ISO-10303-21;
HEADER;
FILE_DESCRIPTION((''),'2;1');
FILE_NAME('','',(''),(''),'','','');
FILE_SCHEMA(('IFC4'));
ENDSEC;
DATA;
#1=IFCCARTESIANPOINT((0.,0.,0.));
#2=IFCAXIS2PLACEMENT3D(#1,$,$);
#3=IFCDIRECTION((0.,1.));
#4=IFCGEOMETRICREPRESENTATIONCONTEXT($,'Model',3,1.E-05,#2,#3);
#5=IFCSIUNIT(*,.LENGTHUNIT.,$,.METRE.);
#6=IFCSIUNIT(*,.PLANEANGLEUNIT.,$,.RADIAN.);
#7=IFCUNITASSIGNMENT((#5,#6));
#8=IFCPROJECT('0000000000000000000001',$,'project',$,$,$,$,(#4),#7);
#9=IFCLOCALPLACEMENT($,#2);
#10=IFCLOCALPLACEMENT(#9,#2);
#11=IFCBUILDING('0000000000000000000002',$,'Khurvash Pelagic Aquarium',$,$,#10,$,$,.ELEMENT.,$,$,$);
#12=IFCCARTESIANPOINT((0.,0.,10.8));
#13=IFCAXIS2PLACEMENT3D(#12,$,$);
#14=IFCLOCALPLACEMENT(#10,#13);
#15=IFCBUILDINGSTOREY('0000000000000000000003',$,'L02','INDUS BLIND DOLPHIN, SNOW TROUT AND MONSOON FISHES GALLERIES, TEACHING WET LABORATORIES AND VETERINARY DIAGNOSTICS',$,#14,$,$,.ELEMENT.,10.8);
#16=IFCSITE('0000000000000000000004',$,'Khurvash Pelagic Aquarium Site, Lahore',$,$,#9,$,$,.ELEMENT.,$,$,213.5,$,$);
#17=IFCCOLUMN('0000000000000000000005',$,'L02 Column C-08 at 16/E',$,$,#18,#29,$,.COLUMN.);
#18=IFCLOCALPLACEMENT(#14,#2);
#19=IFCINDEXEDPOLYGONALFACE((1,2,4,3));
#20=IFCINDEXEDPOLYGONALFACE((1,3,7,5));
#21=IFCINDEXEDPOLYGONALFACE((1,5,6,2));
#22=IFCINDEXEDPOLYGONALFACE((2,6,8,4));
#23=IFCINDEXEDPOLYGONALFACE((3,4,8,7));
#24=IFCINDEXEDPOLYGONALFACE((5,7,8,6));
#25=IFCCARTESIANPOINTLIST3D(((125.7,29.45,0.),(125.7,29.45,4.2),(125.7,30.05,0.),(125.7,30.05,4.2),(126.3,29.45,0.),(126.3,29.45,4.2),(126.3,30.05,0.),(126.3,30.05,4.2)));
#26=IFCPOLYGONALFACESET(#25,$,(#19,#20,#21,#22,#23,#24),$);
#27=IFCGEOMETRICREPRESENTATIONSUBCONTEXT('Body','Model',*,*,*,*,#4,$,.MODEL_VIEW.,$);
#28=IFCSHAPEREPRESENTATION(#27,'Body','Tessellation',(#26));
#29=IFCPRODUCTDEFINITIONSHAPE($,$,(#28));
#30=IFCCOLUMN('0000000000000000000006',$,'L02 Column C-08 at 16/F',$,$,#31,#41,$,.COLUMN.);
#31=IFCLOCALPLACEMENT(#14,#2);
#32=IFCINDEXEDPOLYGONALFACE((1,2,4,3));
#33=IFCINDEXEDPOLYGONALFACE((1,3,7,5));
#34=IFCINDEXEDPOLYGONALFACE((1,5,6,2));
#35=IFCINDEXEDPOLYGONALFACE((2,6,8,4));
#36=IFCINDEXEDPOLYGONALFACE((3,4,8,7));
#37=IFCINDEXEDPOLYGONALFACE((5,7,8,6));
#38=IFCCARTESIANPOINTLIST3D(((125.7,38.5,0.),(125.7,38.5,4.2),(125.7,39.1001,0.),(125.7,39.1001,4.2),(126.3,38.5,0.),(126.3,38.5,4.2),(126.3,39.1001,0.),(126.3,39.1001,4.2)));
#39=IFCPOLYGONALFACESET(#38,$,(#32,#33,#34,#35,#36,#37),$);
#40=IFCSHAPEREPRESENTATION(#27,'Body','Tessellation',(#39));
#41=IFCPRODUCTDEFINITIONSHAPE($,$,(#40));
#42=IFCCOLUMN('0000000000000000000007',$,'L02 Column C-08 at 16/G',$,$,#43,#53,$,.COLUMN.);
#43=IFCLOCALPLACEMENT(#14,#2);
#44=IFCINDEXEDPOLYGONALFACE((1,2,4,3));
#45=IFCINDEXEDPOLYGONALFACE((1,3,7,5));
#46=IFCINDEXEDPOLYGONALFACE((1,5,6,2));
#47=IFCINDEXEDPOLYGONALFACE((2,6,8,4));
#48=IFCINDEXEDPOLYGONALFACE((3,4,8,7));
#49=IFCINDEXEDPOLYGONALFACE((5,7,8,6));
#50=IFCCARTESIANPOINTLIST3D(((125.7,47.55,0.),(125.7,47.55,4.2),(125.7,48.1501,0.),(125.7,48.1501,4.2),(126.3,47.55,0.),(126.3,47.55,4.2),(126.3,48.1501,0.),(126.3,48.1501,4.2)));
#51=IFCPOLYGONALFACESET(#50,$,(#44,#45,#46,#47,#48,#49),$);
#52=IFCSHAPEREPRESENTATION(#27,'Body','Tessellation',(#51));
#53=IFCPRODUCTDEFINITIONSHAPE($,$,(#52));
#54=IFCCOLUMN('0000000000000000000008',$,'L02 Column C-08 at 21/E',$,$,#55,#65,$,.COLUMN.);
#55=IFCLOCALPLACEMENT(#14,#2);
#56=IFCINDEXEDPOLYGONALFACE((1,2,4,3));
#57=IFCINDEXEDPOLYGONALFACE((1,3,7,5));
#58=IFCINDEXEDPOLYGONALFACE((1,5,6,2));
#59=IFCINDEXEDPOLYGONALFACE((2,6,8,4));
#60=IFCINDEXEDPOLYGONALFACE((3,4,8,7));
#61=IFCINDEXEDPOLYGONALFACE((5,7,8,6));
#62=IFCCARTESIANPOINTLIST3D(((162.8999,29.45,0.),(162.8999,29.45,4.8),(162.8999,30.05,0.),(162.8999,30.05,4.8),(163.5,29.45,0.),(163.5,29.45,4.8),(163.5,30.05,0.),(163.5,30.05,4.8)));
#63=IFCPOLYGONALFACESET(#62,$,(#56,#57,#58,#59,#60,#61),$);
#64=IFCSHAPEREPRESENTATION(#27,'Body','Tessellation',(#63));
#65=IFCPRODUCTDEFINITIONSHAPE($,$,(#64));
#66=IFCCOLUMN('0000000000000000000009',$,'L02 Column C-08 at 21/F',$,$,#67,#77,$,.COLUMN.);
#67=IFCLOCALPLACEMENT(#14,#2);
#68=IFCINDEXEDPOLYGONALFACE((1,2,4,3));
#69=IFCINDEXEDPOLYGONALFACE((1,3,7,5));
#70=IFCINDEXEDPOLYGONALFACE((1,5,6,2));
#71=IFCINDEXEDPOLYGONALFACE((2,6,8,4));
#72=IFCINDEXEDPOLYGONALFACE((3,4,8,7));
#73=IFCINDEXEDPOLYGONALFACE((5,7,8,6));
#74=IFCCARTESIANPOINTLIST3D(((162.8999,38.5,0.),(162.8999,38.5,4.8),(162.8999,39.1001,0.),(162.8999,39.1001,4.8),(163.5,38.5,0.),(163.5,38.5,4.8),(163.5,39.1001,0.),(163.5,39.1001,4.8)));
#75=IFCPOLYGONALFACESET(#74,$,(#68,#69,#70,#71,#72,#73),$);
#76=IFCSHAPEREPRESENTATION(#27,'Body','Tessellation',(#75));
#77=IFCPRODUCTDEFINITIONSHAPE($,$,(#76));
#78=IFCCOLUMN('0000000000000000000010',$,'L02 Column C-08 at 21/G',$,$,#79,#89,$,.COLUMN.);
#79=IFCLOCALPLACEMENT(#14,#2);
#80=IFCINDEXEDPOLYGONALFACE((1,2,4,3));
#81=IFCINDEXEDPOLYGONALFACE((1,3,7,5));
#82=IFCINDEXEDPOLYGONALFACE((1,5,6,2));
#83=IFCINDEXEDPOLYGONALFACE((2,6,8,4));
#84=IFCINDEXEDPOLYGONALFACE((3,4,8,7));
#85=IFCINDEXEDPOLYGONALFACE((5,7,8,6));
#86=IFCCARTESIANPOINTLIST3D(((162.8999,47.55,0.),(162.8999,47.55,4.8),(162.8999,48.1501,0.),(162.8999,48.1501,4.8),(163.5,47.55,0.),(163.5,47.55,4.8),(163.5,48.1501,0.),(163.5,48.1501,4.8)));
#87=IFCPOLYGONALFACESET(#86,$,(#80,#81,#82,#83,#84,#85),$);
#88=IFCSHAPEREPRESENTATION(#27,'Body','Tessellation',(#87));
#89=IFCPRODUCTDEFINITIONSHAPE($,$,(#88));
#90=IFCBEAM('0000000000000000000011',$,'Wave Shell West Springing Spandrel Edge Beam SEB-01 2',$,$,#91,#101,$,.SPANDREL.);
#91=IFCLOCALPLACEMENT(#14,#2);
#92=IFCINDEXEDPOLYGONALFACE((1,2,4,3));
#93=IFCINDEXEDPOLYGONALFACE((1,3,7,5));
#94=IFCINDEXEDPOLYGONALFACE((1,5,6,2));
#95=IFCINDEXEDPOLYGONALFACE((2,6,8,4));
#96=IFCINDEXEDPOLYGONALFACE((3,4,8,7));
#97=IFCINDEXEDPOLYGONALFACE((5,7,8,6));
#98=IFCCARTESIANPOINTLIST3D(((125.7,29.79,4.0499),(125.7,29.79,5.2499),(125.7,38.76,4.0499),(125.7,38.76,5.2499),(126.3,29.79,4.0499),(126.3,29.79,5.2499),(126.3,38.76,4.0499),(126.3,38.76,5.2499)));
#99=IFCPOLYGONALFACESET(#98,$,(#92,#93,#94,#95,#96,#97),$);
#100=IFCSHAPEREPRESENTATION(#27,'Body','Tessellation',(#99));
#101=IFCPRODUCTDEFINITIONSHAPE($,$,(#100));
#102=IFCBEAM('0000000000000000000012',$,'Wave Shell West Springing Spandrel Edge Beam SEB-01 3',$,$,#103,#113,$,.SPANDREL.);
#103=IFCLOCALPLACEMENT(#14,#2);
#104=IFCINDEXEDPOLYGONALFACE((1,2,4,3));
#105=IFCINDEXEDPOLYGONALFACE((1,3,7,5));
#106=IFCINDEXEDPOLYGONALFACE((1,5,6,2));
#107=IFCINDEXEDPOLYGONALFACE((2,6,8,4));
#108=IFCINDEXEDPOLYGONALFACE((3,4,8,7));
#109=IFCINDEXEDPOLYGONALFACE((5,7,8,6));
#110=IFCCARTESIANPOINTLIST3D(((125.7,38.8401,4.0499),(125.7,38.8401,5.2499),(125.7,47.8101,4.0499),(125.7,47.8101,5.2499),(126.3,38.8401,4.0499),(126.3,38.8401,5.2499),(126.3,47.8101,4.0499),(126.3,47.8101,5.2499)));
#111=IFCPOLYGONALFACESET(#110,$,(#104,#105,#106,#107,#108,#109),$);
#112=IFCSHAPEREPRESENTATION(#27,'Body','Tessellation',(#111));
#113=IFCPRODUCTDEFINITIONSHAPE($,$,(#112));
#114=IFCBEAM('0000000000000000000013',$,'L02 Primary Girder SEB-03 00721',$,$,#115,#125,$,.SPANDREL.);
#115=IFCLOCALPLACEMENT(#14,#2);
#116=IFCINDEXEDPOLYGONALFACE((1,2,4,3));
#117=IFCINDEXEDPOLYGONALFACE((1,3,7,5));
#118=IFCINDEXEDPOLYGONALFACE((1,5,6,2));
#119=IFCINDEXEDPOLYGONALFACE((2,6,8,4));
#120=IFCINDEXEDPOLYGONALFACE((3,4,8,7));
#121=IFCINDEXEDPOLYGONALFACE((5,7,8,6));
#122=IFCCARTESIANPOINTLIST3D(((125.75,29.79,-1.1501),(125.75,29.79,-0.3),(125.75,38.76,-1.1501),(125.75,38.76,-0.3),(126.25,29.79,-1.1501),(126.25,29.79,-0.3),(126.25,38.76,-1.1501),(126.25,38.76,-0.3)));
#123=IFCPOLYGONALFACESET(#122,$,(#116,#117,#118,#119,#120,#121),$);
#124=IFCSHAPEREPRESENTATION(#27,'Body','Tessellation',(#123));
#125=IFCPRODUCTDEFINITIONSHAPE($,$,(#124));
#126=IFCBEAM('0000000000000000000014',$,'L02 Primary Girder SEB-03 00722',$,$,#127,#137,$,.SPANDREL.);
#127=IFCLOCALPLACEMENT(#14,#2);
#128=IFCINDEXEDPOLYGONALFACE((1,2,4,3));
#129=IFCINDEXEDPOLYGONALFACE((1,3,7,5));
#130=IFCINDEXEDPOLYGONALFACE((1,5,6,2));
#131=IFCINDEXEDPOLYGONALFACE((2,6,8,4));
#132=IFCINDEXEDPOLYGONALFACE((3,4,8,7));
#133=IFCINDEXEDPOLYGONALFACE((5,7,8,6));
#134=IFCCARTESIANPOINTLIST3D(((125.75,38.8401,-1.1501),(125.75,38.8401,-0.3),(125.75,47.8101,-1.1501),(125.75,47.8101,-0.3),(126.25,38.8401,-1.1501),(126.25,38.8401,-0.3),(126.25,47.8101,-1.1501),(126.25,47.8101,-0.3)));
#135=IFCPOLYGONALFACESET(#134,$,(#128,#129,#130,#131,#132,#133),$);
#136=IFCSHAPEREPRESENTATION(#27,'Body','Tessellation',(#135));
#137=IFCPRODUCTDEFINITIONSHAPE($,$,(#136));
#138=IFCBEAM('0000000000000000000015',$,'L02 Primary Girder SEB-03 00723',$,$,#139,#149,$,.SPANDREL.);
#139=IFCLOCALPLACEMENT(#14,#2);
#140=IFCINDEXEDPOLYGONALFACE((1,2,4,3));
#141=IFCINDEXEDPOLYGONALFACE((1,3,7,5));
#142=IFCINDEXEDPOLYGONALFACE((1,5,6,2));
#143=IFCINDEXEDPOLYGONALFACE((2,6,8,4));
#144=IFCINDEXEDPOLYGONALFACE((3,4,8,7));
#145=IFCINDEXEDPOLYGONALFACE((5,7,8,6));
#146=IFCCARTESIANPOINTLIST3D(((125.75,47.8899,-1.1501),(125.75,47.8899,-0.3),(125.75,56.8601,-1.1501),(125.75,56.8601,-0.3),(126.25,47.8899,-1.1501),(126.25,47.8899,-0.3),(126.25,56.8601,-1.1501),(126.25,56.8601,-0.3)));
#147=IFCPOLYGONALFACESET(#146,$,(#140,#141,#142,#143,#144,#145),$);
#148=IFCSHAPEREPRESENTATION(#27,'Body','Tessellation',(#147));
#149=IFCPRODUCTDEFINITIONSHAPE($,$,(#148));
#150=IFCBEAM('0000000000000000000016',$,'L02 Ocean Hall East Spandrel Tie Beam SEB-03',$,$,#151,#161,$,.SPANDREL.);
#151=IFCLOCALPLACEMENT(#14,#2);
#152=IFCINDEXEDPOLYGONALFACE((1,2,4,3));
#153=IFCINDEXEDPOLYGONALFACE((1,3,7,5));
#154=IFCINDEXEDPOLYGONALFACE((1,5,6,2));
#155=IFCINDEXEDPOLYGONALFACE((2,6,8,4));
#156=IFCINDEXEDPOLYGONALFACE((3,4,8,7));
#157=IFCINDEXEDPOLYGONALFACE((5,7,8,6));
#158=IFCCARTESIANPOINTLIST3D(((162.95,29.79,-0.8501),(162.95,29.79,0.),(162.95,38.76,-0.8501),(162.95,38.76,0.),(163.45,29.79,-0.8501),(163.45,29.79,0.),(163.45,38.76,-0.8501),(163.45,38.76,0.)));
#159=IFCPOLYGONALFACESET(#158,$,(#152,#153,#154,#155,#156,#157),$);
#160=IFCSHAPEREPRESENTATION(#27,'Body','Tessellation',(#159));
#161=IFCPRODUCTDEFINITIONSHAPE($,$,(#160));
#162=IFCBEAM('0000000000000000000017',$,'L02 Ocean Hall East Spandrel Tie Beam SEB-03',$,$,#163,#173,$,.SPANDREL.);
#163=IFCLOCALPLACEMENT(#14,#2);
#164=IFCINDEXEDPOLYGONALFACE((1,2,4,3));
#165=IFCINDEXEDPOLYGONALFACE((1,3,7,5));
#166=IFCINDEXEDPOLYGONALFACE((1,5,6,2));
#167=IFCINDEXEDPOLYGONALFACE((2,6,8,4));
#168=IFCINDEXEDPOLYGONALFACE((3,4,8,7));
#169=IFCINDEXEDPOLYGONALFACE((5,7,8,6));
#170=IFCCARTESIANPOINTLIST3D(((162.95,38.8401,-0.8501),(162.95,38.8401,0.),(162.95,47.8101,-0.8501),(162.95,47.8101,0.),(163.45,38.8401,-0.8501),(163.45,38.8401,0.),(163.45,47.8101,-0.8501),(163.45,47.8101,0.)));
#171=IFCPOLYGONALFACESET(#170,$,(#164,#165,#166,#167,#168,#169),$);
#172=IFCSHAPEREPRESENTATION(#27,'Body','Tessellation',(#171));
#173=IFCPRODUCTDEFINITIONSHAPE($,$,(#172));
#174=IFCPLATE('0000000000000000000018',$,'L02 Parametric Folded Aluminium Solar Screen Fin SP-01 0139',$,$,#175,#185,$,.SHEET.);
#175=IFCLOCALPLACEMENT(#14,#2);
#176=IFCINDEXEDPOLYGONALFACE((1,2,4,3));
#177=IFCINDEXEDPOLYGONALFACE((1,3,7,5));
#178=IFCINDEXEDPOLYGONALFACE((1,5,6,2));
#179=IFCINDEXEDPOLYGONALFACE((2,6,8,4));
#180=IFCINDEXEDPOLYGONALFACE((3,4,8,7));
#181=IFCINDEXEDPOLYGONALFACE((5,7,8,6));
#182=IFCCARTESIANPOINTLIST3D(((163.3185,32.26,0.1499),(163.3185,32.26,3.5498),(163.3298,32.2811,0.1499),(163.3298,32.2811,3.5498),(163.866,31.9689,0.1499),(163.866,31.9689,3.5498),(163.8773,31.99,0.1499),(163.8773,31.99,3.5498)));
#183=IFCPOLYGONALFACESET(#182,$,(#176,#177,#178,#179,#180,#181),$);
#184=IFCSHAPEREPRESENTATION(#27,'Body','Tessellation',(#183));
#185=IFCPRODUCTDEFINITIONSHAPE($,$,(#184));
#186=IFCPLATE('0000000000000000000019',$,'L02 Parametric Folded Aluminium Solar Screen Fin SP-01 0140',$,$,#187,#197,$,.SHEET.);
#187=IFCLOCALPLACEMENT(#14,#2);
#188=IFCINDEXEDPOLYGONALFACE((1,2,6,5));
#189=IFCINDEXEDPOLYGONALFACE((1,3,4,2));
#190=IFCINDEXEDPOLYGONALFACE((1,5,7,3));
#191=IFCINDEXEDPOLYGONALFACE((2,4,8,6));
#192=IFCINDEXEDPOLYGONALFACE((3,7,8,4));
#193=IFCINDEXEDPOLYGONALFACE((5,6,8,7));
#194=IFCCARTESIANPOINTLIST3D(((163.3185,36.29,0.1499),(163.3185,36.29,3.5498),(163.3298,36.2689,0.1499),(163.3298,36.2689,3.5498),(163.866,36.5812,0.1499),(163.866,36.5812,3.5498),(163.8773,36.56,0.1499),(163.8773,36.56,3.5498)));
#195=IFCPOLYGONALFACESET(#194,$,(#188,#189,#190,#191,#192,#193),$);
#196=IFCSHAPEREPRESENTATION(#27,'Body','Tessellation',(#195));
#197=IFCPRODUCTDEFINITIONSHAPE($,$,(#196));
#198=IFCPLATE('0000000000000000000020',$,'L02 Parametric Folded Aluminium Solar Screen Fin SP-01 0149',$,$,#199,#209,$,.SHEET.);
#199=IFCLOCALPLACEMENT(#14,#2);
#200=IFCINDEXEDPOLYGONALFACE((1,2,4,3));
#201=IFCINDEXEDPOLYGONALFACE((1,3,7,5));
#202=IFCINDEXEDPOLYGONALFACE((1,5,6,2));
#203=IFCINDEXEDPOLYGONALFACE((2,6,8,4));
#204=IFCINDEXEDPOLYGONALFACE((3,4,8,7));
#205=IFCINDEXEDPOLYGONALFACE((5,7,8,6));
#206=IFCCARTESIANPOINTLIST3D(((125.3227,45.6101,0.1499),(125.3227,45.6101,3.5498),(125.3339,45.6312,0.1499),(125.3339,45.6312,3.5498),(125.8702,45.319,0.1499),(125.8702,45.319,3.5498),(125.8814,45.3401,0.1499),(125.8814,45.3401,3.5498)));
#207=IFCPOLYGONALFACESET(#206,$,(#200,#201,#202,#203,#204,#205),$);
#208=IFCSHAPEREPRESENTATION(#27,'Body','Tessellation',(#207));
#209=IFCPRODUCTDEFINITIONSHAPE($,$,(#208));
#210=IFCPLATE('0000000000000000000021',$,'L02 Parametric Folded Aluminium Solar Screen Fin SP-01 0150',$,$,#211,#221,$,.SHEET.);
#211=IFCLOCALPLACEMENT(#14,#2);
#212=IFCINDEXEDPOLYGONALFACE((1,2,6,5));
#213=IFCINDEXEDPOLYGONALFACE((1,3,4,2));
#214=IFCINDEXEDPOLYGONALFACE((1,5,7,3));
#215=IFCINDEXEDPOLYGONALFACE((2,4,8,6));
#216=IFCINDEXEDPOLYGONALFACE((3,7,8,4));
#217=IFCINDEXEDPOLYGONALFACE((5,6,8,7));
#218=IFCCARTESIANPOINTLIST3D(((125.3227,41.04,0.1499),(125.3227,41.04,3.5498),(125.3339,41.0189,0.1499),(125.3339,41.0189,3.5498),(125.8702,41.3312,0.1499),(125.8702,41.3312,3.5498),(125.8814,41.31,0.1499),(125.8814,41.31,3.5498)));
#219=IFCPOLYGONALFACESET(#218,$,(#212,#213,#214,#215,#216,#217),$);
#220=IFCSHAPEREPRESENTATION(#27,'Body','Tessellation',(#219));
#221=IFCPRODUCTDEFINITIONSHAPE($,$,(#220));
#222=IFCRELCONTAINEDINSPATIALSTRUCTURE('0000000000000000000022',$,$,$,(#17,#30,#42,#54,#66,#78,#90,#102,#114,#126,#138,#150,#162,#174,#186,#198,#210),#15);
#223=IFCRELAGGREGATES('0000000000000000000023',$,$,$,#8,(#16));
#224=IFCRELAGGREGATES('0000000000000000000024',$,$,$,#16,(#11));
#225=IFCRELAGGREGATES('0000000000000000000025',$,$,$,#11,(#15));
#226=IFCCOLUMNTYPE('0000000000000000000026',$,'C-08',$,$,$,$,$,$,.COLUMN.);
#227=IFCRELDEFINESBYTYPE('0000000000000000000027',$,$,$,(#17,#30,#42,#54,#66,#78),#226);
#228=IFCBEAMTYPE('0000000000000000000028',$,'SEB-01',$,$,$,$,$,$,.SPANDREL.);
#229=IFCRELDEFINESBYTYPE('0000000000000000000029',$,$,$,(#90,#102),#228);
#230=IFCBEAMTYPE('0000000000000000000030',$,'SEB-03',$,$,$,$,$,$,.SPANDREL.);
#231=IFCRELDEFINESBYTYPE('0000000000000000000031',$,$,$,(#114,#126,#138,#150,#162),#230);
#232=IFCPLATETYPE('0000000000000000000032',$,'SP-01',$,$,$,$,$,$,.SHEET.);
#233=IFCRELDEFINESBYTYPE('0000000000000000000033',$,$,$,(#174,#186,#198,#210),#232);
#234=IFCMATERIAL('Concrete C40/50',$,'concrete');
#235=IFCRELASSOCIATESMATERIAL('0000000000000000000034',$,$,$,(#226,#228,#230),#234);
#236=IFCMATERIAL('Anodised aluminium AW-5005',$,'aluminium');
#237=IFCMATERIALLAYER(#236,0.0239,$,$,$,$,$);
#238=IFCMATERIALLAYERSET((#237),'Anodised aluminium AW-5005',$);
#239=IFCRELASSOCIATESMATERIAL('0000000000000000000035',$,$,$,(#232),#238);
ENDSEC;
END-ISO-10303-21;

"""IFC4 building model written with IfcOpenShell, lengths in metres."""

from ifc_helpers import new_model, si_unit, direction, frame, origin, origin_2d, place, context, subcontext, project, spatial, rectangle, extrude, material, layer, layer_set, material_profile, profile_set, type_object, element, save


model = new_model("IFC4")

# Units and contexts
model_context = context("Model", 3, precision=1e-05, world=origin(), true_north=direction((0.0, 1.0)))
body_context = subcontext(model_context, "Body", "Model", "MODEL_VIEW")
ifc_project = project(units=[si_unit("LENGTHUNIT", "METRE"), si_unit("PLANEANGLEUNIT", "RADIAN")], contexts=[model_context])

# Site, building, storey
site_placement = place(None, origin())
site = spatial("IfcSite", under=ifc_project, at=site_placement, Name="Khurvash Pelagic Aquarium Site, Lahore", CompositionType="ELEMENT", RefElevation=213.5)
building_placement = place(site_placement, origin())
building = spatial("IfcBuilding", under=site, at=building_placement, Name="Khurvash Pelagic Aquarium", CompositionType="ELEMENT")
storey_placement = place(building_placement, frame((0.0, 0.0, 10.8)))
storey = spatial("IfcBuildingStorey", under=building, at=storey_placement, Name="L02", Description="INDUS BLIND DOLPHIN, SNOW TROUT AND MONSOON FISHES GALLERIES, TEACHING WET LABORATORIES AND VETERINARY DIAGNOSTICS", CompositionType="ELEMENT", Elevation=10.8)

# Columns
ifc_material_1 = material(Name="Concrete C40/50", Category="concrete")
ifc_material_profile_1 = material_profile(ifc_material_1, rectangle(XDim=0.6001, YDim=0.6001, at=origin_2d()), Name="RC600X600")
ifc_profile_set_1 = profile_set([ifc_material_profile_1], Name="Concrete C40/50")
column_type = type_object("IfcColumnType", Name="C-08", PredefinedType="COLUMN", material=ifc_profile_set_1)
for number, where, z_axis, x_axis, name in (
    (1, (126.0, 29.75, 0.0), (0.0, 0.0, 1.0), (1.0, 0.0, 0.0), "L02 Column C-08 at 16/E"),
    (2, (126.0, 38.8, 0.0), (0.0, 0.0, 1.0), (1.0, 0.0, 0.0), "L02 Column C-08 at 16/F"),
    (3, (126.0, 47.8501, 0.0), (0.0, 0.0, 1.0), (1.0, 0.0, 0.0), "L02 Column C-08 at 16/G"),
):
    element("IfcColumn", number, at=place(storey_placement, frame(where, z_axis=z_axis, x_axis=x_axis)), inside=storey, type_object=column_type, Name=name, PredefinedType="COLUMN", context=body_context, shape_type="SweptSolid", body=[
        extrude(rectangle(XDim=0.6001, YDim=0.6001, at=origin_2d()), origin(), (0.0, 0.0, 1.0), 4.2),
    ])
for number, where, z_axis, x_axis, name in (
    (4, (163.2, 29.75, 0.0), (0.0, 0.0, 1.0), (1.0, 0.0, 0.0), "L02 Column C-08 at 21/E"),
    (5, (163.2, 38.8, 0.0), (0.0, 0.0, 1.0), (1.0, 0.0, 0.0), "L02 Column C-08 at 21/F"),
    (6, (163.2, 47.8501, 0.0), (0.0, 0.0, 1.0), (1.0, 0.0, 0.0), "L02 Column C-08 at 21/G"),
):
    element("IfcColumn", number, at=place(storey_placement, frame(where, z_axis=z_axis, x_axis=x_axis)), inside=storey, type_object=column_type, Name=name, PredefinedType="COLUMN", context=body_context, shape_type="SweptSolid", body=[
        extrude(rectangle(XDim=0.6001, YDim=0.6001, at=origin_2d()), origin(), (0.0, 0.0, 1.0), 4.8),
    ])

# Beams
ifc_material_profile_2 = material_profile(ifc_material_1, rectangle(XDim=0.6001, YDim=1.2, at=origin_2d()), Name="RC600X1200")
ifc_profile_set_2 = profile_set([ifc_material_profile_2], Name="Concrete C40/50")
beam_type_1 = type_object("IfcBeamType", Name="SEB-01", PredefinedType="SPANDREL", material=ifc_profile_set_2)
for number, where, z_axis, x_axis, name in (
    (7, (126.0, 29.79, 4.6499), (0.0, 1.0, 0.0), (-1.0, 0.0, 0.0), "Wave Shell West Springing Spandrel Edge Beam SEB-01 2"),
    (8, (126.0, 38.8401, 4.6499), (0.0, 1.0, 0.0), (-1.0, 0.0, 0.0), "Wave Shell West Springing Spandrel Edge Beam SEB-01 3"),
):
    element("IfcBeam", number, at=place(storey_placement, frame(where, z_axis=z_axis, x_axis=x_axis)), inside=storey, type_object=beam_type_1, Name=name, PredefinedType="SPANDREL", context=body_context, shape_type="SweptSolid", body=[
        extrude(rectangle(XDim=0.6001, YDim=1.2, at=origin_2d()), origin(), (0.0, 0.0, 1.0), 8.97),
    ])
ifc_material_profile_3 = material_profile(ifc_material_1, rectangle(XDim=0.5, YDim=0.8501, at=origin_2d()), Name="RC500X850")
ifc_profile_set_3 = profile_set([ifc_material_profile_3], Name="Concrete C40/50")
beam_type_2 = type_object("IfcBeamType", Name="SEB-03", PredefinedType="SPANDREL", material=ifc_profile_set_3)
for number, where, z_axis, x_axis, name in (
    (9, (126.0, 29.79, -0.7251), (0.0, 1.0, 0.0), (-1.0, 0.0, 0.0), "L02 Primary Girder SEB-03 00721"),
    (10, (126.0, 38.8401, -0.7251), (0.0, 1.0, 0.0), (-1.0, 0.0, 0.0), "L02 Primary Girder SEB-03 00722"),
):
    element("IfcBeam", number, at=place(storey_placement, frame(where, z_axis=z_axis, x_axis=x_axis)), inside=storey, type_object=beam_type_2, Name=name, PredefinedType="SPANDREL", context=body_context, shape_type="SweptSolid", body=[
        extrude(rectangle(XDim=0.5, YDim=0.8501, at=origin_2d()), origin(), (0.0, 0.0, 1.0), 8.97),
    ])
beam_placement = place(storey_placement, frame((126.0, 47.8899, -0.7251), z_axis=(0.0, 1.0, 0.0), x_axis=(-1.0, 0.0, 0.0)))
element("IfcBeam", 11, at=beam_placement, inside=storey, type_object=beam_type_2, Name="L02 Primary Girder SEB-03 00723", PredefinedType="SPANDREL", context=body_context, shape_type="SweptSolid", body=[
    extrude(rectangle(XDim=0.5, YDim=0.8501, at=origin_2d()), origin(), (0.0, 0.0, 1.0), 8.9702),
])
for number, where, z_axis, x_axis, name in (
    (12, (163.2, 29.79, -0.425), (0.0, 1.0, 0.0), (-1.0, 0.0, 0.0), "L02 Ocean Hall East Spandrel Tie Beam SEB-03"),
    (13, (163.2, 38.8401, -0.425), (0.0, 1.0, 0.0), (-1.0, 0.0, 0.0), "L02 Ocean Hall East Spandrel Tie Beam SEB-03"),
):
    element("IfcBeam", number, at=place(storey_placement, frame(where, z_axis=z_axis, x_axis=x_axis)), inside=storey, type_object=beam_type_2, Name=name, PredefinedType="SPANDREL", context=body_context, shape_type="SweptSolid", body=[
        extrude(rectangle(XDim=0.5, YDim=0.8501, at=origin_2d()), origin(), (0.0, 0.0, 1.0), 8.97),
    ])

# Plates
ifc_material_2 = material(Name="Anodised aluminium AW-5005", Category="aluminium")
ifc_layer_1 = layer(ifc_material_2, 0.0239)
ifc_layer_set_1 = layer_set([ifc_layer_1], Name="Anodised aluminium AW-5005")
plate_type = type_object("IfcPlateType", Name="SP-01", PredefinedType="SHEET", material=ifc_layer_set_1)
for number, where, z_axis, x_axis, name in (
    (14, (163.5979, 32.125, 0.1499), (0.0, 0.0, 1.0), (0.882948, -0.469472, 0.0), "L02 Parametric Folded Aluminium Solar Screen Fin SP-01 0139"),
    (15, (163.5979, 36.425, 0.1499), (0.0, 0.0, 1.0), (0.882948, 0.469472, 0.0), "L02 Parametric Folded Aluminium Solar Screen Fin SP-01 0140"),
    (16, (125.6021, 45.4751, 0.1499), (0.0, 0.0, 1.0), (-0.882948, 0.469472, 0.0), "L02 Parametric Folded Aluminium Solar Screen Fin SP-01 0149"),
    (17, (125.6021, 41.175, 0.1499), (0.0, 0.0, 1.0), (-0.882948, -0.469472, 0.0), "L02 Parametric Folded Aluminium Solar Screen Fin SP-01 0150"),
):
    element("IfcPlate", number, at=place(storey_placement, frame(where, z_axis=z_axis, x_axis=x_axis)), inside=storey, type_object=plate_type, Name=name, PredefinedType="SHEET", context=body_context, shape_type="SweptSolid", body=[
        extrude(rectangle(XDim=0.6201, YDim=0.0239, at=origin_2d()), origin(), (0.0, 0.0, 1.0), 3.3999),
    ])

save(model, "model.ifc")
